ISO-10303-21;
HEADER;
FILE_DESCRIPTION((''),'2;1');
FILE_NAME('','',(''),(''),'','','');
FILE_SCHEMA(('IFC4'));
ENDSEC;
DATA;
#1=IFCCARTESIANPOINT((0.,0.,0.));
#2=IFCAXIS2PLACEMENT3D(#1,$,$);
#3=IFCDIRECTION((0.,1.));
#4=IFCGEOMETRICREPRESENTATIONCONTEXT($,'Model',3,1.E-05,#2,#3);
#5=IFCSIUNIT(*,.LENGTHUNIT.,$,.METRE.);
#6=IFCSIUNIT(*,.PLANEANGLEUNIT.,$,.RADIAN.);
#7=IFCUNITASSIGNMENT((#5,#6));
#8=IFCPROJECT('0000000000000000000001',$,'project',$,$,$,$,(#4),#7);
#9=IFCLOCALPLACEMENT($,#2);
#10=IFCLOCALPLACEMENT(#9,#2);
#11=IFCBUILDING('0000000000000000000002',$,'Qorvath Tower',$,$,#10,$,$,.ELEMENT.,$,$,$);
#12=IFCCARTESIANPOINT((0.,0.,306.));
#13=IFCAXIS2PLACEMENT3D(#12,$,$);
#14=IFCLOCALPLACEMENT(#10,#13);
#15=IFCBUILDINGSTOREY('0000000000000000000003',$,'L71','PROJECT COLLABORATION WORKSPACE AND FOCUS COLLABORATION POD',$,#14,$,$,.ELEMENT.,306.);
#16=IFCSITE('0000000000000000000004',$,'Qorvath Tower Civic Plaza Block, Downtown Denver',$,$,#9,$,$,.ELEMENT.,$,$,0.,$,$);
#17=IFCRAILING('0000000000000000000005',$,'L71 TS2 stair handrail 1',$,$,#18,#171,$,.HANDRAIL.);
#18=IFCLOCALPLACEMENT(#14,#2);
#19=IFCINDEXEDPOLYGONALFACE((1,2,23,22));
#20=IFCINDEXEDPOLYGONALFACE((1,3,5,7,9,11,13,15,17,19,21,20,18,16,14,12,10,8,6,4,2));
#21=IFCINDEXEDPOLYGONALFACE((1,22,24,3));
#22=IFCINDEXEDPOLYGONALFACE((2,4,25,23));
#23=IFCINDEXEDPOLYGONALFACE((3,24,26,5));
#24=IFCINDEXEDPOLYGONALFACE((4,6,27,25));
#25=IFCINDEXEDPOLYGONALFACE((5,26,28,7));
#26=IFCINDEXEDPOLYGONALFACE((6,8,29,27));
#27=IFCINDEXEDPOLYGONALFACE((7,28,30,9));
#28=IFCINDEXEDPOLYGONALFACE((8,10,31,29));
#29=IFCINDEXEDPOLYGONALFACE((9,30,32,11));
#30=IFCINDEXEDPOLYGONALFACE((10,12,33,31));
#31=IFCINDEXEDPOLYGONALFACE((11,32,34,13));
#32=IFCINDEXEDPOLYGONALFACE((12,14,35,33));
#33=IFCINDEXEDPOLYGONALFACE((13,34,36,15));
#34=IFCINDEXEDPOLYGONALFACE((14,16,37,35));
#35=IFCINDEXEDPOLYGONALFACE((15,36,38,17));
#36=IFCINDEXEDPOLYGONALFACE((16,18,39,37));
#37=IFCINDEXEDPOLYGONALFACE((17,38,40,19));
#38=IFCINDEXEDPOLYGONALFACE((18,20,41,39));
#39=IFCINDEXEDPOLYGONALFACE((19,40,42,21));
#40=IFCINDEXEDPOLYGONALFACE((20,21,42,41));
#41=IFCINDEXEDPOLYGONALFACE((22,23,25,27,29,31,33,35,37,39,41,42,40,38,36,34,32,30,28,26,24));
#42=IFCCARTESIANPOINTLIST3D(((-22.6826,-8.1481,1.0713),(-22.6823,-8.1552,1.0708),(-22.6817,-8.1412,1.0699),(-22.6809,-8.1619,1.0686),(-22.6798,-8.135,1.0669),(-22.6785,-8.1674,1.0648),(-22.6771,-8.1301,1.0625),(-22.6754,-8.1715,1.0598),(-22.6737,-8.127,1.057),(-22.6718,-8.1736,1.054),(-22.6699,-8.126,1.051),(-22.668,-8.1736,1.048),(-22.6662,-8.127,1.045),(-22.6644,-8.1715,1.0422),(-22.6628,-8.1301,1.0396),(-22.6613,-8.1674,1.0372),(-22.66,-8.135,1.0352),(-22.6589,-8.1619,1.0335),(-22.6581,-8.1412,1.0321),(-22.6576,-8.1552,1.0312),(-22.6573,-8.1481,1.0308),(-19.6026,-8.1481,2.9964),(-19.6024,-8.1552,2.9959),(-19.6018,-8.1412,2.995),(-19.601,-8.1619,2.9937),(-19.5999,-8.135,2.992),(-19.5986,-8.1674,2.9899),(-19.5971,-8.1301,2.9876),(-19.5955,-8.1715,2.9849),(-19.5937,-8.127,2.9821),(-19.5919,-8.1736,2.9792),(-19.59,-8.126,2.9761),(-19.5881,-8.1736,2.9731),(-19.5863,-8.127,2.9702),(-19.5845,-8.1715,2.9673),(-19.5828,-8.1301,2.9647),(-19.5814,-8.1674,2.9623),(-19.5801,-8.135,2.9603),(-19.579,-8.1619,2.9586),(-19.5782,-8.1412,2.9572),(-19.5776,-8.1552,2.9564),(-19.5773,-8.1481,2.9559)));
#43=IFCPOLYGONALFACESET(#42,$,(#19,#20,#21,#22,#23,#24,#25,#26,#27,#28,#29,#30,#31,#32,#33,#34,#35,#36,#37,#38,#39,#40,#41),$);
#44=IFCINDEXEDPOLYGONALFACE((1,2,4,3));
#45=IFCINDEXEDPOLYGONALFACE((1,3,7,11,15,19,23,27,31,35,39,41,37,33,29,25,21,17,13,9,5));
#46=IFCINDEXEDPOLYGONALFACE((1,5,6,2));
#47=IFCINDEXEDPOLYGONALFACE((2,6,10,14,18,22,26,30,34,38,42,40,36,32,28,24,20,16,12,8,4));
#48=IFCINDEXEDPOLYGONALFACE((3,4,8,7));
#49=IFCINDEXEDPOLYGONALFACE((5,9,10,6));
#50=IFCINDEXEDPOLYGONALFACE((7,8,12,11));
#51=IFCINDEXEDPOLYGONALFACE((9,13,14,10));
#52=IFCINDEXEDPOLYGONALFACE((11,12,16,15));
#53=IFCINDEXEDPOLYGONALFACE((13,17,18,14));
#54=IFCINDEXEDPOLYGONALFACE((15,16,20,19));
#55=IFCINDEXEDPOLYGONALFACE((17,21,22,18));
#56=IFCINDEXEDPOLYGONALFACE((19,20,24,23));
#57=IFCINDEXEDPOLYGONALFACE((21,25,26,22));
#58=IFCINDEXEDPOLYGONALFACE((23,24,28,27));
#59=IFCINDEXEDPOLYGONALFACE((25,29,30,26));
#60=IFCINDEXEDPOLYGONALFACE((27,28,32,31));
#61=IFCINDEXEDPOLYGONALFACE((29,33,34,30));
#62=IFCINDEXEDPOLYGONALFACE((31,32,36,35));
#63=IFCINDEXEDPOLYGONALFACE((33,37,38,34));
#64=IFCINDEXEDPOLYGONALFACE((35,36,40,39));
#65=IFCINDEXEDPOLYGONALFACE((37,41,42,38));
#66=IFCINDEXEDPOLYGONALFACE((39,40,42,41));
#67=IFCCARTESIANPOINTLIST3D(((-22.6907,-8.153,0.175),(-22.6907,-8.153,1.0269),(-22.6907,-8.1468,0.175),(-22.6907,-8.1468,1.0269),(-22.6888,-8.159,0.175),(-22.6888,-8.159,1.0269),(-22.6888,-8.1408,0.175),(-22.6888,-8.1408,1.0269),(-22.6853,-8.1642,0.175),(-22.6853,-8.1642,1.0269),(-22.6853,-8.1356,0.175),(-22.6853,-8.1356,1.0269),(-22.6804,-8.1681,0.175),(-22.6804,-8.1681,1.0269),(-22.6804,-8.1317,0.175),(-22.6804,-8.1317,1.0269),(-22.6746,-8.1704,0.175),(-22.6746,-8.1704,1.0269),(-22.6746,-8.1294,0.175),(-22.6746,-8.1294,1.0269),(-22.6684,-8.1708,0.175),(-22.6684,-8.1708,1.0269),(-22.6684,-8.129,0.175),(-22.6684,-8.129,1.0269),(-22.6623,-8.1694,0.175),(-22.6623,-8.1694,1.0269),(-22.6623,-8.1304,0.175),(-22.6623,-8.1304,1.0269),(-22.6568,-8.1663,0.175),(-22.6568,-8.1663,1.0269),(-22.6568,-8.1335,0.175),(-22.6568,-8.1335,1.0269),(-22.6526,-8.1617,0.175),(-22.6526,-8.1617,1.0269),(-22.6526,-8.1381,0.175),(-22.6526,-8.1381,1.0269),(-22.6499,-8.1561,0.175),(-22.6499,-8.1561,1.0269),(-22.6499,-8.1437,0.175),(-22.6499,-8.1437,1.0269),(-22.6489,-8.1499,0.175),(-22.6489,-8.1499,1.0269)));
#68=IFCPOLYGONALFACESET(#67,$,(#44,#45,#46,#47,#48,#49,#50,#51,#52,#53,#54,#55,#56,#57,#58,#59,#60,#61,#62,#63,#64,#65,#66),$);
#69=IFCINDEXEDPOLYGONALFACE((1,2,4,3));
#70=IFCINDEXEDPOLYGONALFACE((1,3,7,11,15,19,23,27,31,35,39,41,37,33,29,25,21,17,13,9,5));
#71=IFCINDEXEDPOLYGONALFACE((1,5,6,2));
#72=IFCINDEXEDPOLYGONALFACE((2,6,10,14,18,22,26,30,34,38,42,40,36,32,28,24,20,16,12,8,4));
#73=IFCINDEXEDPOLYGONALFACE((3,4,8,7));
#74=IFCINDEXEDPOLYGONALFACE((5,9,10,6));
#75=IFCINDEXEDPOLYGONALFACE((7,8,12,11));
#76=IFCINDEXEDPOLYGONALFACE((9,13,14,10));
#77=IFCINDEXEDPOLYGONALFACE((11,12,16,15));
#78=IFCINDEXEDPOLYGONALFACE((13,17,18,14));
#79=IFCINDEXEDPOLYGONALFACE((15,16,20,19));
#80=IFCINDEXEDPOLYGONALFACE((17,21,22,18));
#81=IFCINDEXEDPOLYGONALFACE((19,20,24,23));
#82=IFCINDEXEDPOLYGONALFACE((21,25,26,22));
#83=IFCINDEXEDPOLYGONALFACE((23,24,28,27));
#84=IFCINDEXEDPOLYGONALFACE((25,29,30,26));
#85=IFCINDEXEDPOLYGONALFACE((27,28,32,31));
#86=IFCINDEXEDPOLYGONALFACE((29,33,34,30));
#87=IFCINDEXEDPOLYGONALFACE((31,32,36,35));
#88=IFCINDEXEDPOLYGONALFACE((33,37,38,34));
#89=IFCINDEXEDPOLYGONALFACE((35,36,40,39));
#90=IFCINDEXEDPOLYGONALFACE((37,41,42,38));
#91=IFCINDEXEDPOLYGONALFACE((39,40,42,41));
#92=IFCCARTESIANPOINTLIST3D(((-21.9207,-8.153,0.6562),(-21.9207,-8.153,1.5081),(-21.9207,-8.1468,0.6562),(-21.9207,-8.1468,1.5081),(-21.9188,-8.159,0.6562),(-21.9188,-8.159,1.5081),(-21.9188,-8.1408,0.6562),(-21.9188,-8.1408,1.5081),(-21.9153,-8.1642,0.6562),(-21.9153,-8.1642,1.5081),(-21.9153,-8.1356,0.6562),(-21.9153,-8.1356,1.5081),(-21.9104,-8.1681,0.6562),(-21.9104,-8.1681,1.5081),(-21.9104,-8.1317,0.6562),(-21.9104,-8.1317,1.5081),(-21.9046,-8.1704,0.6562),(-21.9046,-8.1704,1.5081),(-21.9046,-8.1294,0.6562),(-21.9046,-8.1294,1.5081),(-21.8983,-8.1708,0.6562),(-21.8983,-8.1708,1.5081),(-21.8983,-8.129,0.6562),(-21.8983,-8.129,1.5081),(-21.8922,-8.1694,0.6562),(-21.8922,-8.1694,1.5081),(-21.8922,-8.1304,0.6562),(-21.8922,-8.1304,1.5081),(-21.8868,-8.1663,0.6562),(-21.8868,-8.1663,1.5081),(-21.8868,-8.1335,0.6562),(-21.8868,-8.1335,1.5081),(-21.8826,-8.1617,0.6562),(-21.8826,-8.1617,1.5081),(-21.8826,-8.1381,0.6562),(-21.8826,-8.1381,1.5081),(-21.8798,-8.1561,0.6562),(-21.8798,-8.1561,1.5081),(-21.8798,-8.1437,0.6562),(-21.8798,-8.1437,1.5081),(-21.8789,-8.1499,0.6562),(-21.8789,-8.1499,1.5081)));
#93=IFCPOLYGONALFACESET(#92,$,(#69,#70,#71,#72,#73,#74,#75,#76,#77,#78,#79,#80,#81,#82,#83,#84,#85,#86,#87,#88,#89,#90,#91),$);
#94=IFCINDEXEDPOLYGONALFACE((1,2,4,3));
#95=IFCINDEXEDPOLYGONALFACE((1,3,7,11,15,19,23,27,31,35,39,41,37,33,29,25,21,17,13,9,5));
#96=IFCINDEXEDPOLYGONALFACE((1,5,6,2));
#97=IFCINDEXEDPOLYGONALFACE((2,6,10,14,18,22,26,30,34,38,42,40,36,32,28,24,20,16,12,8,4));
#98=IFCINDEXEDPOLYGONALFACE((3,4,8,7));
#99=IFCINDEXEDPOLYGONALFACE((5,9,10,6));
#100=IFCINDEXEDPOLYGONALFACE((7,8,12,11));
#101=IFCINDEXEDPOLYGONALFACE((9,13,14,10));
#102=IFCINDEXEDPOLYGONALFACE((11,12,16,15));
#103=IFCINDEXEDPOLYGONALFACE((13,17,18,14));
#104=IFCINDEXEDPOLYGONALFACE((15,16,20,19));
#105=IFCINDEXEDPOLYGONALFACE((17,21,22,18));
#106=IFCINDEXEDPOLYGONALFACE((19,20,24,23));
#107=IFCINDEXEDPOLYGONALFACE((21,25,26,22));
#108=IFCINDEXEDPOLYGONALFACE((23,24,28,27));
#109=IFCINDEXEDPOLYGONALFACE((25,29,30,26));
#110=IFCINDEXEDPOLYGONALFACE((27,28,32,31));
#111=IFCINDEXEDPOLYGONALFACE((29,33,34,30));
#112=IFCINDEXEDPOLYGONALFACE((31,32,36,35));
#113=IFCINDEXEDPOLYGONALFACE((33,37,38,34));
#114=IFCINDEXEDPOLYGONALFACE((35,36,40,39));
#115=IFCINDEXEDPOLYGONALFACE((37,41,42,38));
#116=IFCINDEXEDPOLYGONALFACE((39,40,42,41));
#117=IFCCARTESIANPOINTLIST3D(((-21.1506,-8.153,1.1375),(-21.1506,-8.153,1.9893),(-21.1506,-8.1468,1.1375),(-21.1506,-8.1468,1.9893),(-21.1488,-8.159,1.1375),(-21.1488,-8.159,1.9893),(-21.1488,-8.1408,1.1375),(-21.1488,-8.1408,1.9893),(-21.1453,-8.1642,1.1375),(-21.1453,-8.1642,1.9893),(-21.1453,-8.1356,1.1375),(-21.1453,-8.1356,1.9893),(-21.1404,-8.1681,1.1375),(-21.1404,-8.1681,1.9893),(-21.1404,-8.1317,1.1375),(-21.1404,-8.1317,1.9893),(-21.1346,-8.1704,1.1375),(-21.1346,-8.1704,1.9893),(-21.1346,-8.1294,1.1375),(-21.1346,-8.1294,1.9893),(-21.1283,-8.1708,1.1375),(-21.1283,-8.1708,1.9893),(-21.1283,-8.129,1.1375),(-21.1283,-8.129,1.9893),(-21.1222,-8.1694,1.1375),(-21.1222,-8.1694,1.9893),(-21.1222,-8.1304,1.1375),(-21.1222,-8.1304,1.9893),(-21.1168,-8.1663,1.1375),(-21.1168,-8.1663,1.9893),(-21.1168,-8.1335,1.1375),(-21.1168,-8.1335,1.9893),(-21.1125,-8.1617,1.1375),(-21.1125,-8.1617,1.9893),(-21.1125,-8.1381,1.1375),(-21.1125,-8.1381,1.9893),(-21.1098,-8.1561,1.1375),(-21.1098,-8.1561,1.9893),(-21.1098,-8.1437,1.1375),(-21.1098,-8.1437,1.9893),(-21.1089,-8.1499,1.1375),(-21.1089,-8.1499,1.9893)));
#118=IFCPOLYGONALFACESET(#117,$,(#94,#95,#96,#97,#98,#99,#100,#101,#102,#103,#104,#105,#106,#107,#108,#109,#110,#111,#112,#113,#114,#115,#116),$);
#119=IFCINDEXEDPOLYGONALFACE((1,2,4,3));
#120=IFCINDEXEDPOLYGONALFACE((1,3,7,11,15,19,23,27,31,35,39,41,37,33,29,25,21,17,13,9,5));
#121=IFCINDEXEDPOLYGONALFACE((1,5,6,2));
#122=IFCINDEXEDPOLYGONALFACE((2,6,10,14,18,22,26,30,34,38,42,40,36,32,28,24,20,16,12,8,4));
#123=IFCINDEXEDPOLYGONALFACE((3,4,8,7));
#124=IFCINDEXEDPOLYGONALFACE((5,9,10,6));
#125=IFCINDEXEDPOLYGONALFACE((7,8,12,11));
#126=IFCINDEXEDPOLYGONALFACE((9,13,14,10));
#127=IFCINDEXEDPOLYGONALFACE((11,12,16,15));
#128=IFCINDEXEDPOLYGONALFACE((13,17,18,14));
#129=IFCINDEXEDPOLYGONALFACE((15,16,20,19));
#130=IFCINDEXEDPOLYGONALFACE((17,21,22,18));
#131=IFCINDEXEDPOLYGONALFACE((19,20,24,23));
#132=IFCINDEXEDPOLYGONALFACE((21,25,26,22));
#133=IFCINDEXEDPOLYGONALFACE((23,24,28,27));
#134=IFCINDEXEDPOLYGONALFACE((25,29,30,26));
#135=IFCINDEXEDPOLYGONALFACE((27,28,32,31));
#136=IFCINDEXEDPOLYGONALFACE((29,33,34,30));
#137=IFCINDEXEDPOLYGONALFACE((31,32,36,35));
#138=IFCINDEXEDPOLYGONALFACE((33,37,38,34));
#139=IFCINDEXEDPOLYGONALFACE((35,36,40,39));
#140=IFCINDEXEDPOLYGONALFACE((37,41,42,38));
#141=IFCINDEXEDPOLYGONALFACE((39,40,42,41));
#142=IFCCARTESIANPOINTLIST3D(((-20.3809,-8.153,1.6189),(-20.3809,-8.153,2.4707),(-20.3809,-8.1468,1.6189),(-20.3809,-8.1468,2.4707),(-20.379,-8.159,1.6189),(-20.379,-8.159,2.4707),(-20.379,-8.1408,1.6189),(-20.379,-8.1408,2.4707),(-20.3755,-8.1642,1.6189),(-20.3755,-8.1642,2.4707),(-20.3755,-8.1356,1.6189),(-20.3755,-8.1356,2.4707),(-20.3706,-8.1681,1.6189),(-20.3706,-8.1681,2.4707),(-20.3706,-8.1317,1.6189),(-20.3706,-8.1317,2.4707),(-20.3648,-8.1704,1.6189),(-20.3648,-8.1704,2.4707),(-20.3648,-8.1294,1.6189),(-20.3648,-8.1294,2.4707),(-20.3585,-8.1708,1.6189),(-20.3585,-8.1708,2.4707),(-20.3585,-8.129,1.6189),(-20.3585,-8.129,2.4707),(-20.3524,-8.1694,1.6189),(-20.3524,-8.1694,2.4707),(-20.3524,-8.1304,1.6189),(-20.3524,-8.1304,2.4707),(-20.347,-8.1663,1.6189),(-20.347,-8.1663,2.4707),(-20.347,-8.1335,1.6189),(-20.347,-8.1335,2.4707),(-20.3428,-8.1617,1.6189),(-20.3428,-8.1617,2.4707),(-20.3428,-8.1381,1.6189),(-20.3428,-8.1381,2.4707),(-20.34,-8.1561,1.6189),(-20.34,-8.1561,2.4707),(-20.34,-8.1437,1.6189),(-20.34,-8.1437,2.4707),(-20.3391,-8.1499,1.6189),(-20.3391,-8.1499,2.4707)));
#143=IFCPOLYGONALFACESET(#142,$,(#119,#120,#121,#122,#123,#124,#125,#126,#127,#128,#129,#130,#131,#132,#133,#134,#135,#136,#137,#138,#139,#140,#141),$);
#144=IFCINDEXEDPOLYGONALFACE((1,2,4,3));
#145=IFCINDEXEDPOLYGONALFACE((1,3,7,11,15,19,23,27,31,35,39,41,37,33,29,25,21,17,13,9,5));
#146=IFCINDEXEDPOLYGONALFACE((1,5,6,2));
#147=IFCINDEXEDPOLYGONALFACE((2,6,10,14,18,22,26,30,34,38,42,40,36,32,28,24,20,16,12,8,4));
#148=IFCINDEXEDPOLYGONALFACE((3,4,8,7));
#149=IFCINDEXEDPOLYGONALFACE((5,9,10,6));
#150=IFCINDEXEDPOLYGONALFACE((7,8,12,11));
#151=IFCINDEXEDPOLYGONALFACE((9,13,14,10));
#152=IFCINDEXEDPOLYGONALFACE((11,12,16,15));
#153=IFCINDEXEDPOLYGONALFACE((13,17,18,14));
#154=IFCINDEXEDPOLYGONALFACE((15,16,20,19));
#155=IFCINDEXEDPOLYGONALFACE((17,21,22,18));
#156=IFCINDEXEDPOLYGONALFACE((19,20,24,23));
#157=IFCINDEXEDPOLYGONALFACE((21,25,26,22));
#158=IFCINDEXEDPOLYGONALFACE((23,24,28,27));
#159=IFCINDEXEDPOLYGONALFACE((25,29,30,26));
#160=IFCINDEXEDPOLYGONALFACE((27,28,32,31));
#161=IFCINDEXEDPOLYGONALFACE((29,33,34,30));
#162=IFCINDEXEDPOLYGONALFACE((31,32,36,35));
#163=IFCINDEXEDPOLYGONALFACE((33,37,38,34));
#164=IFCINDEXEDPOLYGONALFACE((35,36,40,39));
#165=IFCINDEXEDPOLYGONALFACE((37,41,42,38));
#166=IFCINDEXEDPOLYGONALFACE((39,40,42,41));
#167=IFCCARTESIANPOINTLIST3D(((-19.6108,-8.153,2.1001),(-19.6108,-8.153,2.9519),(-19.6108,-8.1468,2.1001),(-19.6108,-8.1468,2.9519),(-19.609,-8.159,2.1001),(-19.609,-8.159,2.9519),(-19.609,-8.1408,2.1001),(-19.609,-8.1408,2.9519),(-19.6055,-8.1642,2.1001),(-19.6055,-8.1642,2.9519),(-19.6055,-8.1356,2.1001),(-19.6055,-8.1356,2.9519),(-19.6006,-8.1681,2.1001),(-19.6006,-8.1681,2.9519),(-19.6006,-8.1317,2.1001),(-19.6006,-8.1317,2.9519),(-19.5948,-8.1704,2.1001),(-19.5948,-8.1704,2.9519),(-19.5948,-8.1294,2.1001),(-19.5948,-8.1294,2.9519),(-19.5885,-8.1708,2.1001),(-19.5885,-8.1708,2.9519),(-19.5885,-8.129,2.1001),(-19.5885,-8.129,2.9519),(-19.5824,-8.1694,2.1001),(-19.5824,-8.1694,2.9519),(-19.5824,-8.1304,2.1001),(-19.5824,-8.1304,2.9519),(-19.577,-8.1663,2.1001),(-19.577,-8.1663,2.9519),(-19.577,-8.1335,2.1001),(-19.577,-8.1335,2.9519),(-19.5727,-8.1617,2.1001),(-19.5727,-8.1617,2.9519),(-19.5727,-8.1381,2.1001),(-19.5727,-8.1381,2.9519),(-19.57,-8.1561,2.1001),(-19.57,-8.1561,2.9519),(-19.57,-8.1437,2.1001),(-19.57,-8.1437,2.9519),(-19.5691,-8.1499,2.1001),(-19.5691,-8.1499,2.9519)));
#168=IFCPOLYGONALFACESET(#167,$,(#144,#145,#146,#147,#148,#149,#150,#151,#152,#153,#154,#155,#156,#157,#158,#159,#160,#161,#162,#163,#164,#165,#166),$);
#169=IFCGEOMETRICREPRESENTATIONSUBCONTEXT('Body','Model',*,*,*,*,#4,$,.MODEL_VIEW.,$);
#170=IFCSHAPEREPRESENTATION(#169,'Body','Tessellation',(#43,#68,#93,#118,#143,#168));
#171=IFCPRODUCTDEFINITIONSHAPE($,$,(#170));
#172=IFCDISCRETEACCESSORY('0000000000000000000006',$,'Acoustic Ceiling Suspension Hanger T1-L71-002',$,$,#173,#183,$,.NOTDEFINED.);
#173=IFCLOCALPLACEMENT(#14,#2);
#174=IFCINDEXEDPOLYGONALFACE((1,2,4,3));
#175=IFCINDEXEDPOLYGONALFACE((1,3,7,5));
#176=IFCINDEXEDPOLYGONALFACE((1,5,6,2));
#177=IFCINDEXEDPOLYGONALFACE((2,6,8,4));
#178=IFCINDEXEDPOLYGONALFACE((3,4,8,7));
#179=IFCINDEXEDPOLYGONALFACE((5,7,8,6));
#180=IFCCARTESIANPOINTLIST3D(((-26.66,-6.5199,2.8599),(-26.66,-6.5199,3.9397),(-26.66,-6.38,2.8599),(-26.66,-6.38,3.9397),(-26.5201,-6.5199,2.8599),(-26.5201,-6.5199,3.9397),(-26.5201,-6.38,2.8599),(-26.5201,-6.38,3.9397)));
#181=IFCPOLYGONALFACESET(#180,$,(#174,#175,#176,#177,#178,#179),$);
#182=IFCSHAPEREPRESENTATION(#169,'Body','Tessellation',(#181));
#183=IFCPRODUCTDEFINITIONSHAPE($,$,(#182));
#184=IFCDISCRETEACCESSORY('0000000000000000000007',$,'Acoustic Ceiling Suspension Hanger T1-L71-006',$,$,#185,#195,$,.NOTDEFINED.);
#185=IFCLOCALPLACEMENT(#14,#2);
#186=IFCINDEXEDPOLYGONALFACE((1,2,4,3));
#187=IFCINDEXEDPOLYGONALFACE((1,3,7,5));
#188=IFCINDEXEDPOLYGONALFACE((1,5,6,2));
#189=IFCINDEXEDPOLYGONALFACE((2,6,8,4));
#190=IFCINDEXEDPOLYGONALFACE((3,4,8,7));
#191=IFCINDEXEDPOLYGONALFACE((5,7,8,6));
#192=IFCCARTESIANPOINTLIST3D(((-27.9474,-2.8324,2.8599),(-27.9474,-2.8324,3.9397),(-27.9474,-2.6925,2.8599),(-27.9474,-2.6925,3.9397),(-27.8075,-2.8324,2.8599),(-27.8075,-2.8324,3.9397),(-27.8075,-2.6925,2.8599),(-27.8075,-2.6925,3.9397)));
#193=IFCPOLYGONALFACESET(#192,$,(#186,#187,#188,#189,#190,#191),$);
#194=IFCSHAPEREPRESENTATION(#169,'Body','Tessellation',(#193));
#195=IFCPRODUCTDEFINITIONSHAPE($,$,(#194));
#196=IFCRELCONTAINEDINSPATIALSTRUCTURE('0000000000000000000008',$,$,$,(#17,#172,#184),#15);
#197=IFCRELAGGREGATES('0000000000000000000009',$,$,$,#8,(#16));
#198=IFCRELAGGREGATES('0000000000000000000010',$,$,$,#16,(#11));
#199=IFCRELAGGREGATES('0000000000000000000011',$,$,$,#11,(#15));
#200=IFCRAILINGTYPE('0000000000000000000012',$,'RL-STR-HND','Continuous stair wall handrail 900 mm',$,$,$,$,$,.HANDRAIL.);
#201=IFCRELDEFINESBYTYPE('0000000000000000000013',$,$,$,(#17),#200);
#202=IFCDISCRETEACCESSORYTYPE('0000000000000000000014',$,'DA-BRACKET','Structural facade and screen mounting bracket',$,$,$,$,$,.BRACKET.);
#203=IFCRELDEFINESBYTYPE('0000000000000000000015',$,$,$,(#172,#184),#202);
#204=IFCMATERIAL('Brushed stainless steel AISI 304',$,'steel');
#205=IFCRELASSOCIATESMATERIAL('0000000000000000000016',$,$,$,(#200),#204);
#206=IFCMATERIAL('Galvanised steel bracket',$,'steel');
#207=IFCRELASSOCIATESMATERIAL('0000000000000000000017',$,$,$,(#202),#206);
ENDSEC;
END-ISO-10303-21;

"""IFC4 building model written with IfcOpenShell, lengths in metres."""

from ifc_helpers import new_model, si_unit, direction, frame, origin, origin_2d, place, context, subcontext, project, spatial, rectangle, circle, extrude, material, type_object, element, save


model = new_model("IFC4")

# Units and contexts
model_context = context("Model", 3, precision=1e-05, world=origin(), true_north=direction((0.0, 1.0)))
body_context = subcontext(model_context, "Body", "Model", "MODEL_VIEW")
ifc_project = project(units=[si_unit("LENGTHUNIT", "METRE"), si_unit("PLANEANGLEUNIT", "RADIAN")], contexts=[model_context])

# Site, building, storey
site_placement = place(None, origin())
site = spatial("IfcSite", under=ifc_project, at=site_placement, Name="Qorvath Tower Civic Plaza Block, Downtown Denver", CompositionType="ELEMENT", RefElevation=0.0)
building_placement = place(site_placement, origin())
building = spatial("IfcBuilding", under=site, at=building_placement, Name="Qorvath Tower", CompositionType="ELEMENT")
storey_placement = place(building_placement, frame((0.0, 0.0, 306.0)))
storey = spatial("IfcBuildingStorey", under=building, at=storey_placement, Name="L71", Description="PROJECT COLLABORATION WORKSPACE AND FOCUS COLLABORATION POD", CompositionType="ELEMENT", Elevation=306.0)

# Railing
ifc_material_1 = material(Name="Brushed stainless steel AISI 304", Category="steel")
railing_type_1 = type_object("IfcRailingType", Name="RL-STR-HND", Description="Continuous stair wall handrail 900 mm", PredefinedType="HANDRAIL", material=ifc_material_1)
railing_1_placement = place(storey_placement, frame((-22.6699, -8.1499, 0.175)))
element("IfcRailing", 1, at=railing_1_placement, inside=storey, type_object=railing_type_1, Name="L71 TS2 stair handrail 1", PredefinedType="HANDRAIL", context=body_context, shape_type="SweptSolid", body=[
    extrude(circle(Radius=0.0239, at=origin_2d()), frame((0.0, 0.0, 0.876), z_axis=(0.847979, 0.0, 0.530029), x_axis=(0.0, 1.0, 0.0)), (0.0, 0.0, 1.0), 3.6321),
    extrude(circle(Radius=0.021, at=origin_2d()), origin(), (0.0, 0.0, 1.0), 0.8518),
    extrude(circle(Radius=0.021, at=origin_2d()), frame((0.77, 0.0, 0.4812)), (0.0, 0.0, 1.0), 0.8518),
    extrude(circle(Radius=0.021, at=origin_2d()), frame((1.54, 0.0, 0.9624)), (0.0, 0.0, 1.0), 0.8518),
    extrude(circle(Radius=0.021, at=origin_2d()), frame((2.3098, 0.0, 1.4438)), (0.0, 0.0, 1.0), 0.8518),
    extrude(circle(Radius=0.021, at=origin_2d()), frame((3.0798, 0.0, 1.925)), (0.0, 0.0, 1.0), 0.8518),
])

# Discrete accessories
ifc_material_2 = material(Name="Galvanised steel bracket", Category="steel")
discrete_accessory_type = type_object("IfcDiscreteAccessoryType", Name="DA-BRACKET", Description="Structural facade and screen mounting bracket", PredefinedType="BRACKET", material=ifc_material_2)
for number, where, z_axis, x_axis, name in (
    (2, (-26.5901, -6.45, 2.8599), (0.0, 0.0, 1.0), (1.0, 0.0, 0.0), "Acoustic Ceiling Suspension Hanger T1-L71-002"),
    (3, (-27.8774, -2.7625, 2.8599), (0.0, 0.0, 1.0), (1.0, 0.0, 0.0), "Acoustic Ceiling Suspension Hanger T1-L71-006"),
):
    element("IfcDiscreteAccessory", number, at=place(storey_placement, frame(where, z_axis=z_axis, x_axis=x_axis)), inside=storey, type_object=discrete_accessory_type, Name=name, PredefinedType="NOTDEFINED", context=body_context, shape_type="SweptSolid", body=[
        extrude(rectangle(XDim=0.1399, YDim=0.1399, at=origin_2d()), origin(), (0.0, 0.0, 1.0), 1.0798),
    ])

save(model, "model.ifc")
